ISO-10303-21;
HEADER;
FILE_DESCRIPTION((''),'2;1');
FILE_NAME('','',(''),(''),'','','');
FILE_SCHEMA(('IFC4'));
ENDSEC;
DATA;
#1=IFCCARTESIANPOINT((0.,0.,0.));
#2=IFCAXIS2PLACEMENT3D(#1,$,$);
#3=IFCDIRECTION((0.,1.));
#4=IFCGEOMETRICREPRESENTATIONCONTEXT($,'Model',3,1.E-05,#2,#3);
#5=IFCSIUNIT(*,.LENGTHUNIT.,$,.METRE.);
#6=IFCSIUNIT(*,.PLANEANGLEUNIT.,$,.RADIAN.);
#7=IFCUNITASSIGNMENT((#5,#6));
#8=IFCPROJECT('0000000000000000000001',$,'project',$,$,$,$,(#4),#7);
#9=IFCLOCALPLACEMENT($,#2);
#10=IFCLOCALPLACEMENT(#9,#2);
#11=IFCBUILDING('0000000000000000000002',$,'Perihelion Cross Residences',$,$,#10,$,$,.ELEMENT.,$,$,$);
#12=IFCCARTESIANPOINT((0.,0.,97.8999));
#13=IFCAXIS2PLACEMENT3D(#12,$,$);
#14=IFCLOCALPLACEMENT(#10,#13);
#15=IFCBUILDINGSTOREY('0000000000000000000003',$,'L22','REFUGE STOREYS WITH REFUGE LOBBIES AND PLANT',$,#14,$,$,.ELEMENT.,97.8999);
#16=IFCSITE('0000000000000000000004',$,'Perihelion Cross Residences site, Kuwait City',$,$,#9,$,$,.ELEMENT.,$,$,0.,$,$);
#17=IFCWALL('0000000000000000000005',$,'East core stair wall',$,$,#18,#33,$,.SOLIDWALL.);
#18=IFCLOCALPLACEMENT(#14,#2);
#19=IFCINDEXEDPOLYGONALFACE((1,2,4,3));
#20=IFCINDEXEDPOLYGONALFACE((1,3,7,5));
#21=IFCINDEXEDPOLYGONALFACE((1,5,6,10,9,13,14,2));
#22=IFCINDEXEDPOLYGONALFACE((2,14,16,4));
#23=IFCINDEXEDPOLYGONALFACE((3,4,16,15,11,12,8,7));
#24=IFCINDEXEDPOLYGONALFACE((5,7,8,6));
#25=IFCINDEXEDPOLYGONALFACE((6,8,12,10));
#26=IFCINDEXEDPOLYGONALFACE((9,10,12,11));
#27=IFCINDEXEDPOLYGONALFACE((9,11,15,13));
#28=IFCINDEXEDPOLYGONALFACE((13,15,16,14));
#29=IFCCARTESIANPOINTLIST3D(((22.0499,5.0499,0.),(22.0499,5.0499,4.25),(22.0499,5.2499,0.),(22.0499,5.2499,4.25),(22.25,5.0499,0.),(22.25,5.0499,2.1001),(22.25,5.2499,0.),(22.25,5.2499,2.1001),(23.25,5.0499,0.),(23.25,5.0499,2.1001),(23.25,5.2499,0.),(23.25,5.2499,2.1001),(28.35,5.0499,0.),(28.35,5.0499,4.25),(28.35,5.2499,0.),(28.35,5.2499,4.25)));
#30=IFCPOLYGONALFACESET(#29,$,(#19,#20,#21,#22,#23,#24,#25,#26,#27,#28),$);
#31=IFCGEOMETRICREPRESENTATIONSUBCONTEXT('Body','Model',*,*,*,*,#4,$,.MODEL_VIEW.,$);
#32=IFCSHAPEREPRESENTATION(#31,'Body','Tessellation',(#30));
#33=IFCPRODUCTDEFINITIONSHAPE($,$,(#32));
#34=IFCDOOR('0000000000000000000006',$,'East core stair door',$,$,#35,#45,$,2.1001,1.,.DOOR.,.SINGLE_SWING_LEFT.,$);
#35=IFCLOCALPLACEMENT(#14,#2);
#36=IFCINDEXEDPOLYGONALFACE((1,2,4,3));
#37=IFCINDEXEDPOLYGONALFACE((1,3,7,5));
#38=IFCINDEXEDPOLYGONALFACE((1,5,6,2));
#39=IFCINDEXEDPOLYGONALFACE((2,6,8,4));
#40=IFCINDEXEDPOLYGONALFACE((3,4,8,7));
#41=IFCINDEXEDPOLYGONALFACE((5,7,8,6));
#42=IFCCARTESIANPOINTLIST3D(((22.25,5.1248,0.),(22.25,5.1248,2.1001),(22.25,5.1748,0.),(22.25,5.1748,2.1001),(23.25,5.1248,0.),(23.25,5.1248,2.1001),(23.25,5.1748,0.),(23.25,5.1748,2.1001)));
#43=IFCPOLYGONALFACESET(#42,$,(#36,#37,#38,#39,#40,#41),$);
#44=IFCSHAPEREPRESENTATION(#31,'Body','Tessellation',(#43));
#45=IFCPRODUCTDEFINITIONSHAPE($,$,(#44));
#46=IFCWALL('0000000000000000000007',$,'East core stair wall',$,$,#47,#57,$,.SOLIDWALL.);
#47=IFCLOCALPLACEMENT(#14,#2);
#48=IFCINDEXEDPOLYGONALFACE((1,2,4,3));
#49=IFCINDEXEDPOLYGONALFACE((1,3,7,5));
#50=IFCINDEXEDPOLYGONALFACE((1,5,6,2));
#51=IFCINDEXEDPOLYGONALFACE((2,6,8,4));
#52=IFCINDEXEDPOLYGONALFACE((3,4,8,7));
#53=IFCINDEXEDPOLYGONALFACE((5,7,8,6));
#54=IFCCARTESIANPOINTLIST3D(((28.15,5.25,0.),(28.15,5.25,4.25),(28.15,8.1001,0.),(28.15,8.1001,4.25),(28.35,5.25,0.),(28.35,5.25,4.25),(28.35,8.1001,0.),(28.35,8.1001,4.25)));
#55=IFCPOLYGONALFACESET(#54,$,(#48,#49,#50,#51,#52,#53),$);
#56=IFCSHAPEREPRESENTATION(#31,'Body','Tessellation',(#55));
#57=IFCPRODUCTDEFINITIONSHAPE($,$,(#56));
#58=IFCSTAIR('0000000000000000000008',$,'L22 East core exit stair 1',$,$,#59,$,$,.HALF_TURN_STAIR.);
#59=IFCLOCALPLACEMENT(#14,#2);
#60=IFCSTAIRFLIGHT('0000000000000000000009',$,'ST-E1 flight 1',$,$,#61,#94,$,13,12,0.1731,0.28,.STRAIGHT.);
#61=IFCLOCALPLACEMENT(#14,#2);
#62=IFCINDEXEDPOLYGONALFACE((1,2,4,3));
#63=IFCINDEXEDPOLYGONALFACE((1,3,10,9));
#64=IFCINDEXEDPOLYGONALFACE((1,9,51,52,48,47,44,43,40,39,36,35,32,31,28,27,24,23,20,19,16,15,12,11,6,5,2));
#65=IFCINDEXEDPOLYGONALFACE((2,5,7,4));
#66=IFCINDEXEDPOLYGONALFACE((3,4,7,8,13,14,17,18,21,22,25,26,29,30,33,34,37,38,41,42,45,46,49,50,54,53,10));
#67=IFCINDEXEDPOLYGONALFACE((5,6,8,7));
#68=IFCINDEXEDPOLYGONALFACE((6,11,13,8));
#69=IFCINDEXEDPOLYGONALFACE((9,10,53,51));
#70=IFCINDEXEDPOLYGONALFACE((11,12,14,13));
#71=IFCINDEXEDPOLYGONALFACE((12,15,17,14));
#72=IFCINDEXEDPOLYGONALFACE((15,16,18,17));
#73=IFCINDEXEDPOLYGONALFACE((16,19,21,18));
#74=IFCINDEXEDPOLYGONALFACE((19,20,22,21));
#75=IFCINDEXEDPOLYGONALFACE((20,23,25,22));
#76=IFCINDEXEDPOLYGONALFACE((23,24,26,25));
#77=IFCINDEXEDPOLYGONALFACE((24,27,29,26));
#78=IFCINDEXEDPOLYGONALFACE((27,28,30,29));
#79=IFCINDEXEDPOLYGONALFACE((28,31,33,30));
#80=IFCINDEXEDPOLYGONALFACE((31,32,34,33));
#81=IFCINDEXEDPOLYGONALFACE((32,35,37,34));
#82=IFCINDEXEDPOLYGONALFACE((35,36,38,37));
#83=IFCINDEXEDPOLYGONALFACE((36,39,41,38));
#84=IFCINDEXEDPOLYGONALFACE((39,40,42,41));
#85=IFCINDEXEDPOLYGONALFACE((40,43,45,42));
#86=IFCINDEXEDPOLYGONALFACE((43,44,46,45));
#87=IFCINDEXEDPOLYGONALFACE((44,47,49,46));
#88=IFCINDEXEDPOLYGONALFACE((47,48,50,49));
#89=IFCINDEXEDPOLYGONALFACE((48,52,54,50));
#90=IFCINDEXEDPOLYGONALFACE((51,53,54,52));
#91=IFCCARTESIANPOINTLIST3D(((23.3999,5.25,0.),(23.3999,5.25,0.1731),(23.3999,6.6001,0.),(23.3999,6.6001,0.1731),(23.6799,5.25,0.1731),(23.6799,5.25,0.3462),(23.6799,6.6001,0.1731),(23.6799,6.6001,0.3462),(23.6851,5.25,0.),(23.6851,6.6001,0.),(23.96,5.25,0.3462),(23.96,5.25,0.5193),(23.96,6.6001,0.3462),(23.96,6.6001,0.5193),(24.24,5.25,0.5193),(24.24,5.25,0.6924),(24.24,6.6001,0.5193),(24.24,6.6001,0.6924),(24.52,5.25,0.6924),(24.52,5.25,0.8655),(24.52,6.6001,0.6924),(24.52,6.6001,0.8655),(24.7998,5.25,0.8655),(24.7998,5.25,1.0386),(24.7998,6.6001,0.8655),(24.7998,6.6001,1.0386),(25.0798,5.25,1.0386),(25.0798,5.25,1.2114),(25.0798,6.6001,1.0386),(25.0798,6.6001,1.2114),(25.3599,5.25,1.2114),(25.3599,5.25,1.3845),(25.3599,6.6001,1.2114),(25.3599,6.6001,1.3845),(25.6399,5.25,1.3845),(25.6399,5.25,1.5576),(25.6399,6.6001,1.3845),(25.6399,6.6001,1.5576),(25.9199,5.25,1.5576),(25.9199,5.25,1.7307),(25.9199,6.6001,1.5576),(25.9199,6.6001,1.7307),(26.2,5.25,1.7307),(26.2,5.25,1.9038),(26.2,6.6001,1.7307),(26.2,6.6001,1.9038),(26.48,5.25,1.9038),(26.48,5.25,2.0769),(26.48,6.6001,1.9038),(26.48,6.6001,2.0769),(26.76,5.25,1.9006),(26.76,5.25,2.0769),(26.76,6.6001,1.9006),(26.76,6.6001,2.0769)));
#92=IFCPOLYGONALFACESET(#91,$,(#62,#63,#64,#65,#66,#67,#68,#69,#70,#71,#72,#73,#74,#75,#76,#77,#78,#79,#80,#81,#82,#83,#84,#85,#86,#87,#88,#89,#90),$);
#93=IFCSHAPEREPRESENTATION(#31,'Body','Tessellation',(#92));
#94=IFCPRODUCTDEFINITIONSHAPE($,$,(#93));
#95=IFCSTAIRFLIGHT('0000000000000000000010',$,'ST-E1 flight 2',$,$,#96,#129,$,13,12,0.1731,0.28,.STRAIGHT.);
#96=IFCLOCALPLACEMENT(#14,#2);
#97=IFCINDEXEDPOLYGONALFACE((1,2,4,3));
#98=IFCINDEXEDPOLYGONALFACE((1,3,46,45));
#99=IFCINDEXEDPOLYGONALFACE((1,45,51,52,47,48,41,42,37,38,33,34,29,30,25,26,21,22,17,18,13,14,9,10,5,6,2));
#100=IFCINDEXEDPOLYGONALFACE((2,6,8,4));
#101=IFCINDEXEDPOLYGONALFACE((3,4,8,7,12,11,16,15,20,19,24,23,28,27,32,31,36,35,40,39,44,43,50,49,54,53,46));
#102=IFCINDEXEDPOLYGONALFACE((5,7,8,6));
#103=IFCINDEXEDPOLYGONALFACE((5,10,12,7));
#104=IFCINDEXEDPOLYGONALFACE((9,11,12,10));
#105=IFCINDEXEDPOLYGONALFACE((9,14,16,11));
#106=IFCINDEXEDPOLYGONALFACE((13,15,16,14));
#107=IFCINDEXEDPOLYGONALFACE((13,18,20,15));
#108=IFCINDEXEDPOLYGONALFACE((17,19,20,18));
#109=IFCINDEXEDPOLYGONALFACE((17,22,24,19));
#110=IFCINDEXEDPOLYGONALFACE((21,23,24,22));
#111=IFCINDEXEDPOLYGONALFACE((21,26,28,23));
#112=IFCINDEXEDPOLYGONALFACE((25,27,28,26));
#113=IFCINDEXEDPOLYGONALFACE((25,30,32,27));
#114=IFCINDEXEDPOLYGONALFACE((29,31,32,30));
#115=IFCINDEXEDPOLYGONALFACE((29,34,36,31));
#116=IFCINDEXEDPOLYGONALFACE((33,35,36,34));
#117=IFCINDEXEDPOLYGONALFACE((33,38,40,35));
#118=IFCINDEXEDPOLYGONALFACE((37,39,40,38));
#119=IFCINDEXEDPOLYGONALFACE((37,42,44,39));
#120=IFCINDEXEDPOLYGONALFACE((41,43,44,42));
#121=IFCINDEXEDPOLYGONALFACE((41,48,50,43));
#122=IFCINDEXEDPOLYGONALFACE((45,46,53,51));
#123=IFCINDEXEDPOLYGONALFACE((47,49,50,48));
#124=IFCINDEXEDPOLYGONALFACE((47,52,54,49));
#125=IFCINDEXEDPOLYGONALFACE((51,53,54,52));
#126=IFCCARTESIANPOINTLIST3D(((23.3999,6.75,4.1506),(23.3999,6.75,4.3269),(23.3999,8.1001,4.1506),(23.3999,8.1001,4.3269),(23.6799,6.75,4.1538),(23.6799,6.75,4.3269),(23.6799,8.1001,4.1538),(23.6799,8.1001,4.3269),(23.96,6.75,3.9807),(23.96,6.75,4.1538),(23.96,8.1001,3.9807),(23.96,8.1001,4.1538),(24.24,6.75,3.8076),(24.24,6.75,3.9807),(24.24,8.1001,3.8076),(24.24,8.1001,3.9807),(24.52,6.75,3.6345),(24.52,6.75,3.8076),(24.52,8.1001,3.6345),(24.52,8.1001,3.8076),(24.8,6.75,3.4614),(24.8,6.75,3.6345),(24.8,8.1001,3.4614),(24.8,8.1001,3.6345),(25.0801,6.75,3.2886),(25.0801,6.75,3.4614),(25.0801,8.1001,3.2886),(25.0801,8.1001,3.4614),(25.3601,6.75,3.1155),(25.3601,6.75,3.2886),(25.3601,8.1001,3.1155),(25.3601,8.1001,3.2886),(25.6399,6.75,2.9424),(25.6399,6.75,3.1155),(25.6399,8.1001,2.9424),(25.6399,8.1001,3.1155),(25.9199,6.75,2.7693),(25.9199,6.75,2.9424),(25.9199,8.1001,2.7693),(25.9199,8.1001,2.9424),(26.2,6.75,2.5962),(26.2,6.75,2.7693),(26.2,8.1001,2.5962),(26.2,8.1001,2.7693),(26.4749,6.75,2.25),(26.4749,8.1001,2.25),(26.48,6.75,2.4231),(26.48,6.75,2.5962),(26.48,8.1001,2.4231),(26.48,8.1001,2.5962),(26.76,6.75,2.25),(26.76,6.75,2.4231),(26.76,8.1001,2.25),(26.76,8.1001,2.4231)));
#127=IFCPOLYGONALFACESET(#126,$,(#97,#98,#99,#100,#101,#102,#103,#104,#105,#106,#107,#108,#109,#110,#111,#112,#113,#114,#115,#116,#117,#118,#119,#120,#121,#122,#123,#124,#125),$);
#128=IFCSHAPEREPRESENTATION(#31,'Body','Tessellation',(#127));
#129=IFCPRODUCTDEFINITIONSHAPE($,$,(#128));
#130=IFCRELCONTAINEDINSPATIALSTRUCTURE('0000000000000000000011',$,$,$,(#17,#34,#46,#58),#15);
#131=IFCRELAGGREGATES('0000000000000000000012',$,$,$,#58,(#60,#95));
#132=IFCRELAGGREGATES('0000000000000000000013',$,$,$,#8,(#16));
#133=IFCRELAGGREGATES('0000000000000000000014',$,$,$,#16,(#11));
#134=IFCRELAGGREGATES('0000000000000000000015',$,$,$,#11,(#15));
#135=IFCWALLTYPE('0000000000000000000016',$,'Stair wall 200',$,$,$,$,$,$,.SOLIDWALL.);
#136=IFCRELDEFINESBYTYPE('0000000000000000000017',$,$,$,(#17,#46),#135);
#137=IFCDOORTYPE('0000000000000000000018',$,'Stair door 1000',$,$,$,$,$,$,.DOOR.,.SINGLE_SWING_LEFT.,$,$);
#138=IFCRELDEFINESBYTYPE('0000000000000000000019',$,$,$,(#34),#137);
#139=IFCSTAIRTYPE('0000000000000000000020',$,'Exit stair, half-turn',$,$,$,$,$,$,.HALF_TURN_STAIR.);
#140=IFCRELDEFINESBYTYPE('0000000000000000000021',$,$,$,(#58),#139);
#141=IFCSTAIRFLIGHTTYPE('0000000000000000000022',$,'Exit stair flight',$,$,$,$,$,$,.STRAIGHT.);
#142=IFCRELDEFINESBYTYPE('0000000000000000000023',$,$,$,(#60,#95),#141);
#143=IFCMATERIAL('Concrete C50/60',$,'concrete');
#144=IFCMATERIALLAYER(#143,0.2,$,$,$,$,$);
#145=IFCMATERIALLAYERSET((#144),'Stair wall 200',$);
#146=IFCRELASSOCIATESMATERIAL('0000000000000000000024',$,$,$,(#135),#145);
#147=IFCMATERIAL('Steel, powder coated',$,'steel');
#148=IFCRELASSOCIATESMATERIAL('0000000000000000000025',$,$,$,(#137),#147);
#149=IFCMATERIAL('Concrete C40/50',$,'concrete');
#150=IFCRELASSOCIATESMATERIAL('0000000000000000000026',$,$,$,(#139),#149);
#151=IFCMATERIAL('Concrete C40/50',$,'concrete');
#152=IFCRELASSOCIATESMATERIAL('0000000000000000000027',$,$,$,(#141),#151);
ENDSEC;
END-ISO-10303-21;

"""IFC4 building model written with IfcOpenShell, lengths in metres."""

from ifc_helpers import new_model, si_unit, direction, frame, frame_2d, origin, place, context, subcontext, project, spatial, polyline, rectangle, outline, extrude, material, layer, layer_set, type_object, element, fill, aggregate, save


model = new_model("IFC4")

# Units and contexts
model_context = context("Model", 3, precision=1e-05, world=origin(), true_north=direction((0.0, 1.0)))
body_context = subcontext(model_context, "Body", "Model", "MODEL_VIEW")
ifc_project = project(units=[si_unit("LENGTHUNIT", "METRE"), si_unit("PLANEANGLEUNIT", "RADIAN")], contexts=[model_context])

# Site, building, storey
site_placement = place(None, origin())
site = spatial("IfcSite", under=ifc_project, at=site_placement, Name="Perihelion Cross Residences site, Kuwait City", CompositionType="ELEMENT", RefElevation=0.0)
building_placement = place(site_placement, origin())
building = spatial("IfcBuilding", under=site, at=building_placement, Name="Perihelion Cross Residences", CompositionType="ELEMENT")
storey_placement = place(building_placement, frame((0.0, 0.0, 97.8999)))
storey = spatial("IfcBuildingStorey", under=building, at=storey_placement, Name="L22", Description="REFUGE STOREYS WITH REFUGE LOBBIES AND PLANT", CompositionType="ELEMENT", Elevation=97.8999)

# Wall, opening, door
ifc_material_1 = material(Name="Concrete C50/60", Category="concrete")
ifc_layer_1 = layer(ifc_material_1, 0.2)
ifc_layer_set_1 = layer_set([ifc_layer_1], Name="Stair wall 200")
wall_type_1 = type_object("IfcWallType", Name="Stair wall 200", PredefinedType="SOLIDWALL", material=ifc_layer_set_1)
wall_1_placement = place(storey_placement, frame((22.05, 5.1499, 0.0), z_axis=(0.0, 0.0, 1.0), x_axis=(1.0, 0.0, 0.0)))
wall_1 = element("IfcWall", 1, at=wall_1_placement, inside=storey, type_object=wall_type_1, Name="East core stair wall", PredefinedType="SOLIDWALL", context=body_context, shape_type="SweptSolid", body=[
    extrude(rectangle(XDim=6.3, YDim=0.2, at=frame_2d((3.1499, 0.0))), origin(), (0.0, 0.0, 1.0), 4.25),
])
opening_1_placement = place(wall_1_placement, frame((0.2, 0.0, 0.0)))
opening_1 = element("IfcOpeningElement", 2, at=opening_1_placement, cuts=wall_1, PredefinedType="OPENING", context=body_context, shape_type="SweptSolid", body=[
    extrude(rectangle(XDim=1.0, YDim=2.1001, at=frame_2d((0.5, 1.05))), frame((0.0, 0.1099, 0.0), z_axis=(0.0, -1.0, 0.0), x_axis=(1.0, 0.0, 0.0)), (0.0, 0.0, 1.0), 0.22),
])
ifc_material_2 = material(Name="Steel, powder coated", Category="steel")
door_type_1 = type_object("IfcDoorType", Name="Stair door 1000", OperationType="SINGLE_SWING_LEFT", PredefinedType="DOOR", material=ifc_material_2)
door_1_placement = place(opening_1_placement, origin())
door_1 = element("IfcDoor", 3, at=door_1_placement, inside=storey, type_object=door_type_1, Name="East core stair door", OperationType="SINGLE_SWING_LEFT", OverallHeight=2.1001, OverallWidth=1.0, PredefinedType="DOOR", context=body_context, shape_type="SweptSolid", body=[
    extrude(rectangle(XDim=1.0, YDim=2.1001, at=frame_2d((0.5, 1.05))), frame((0.0, 0.0249, 0.0), z_axis=(0.0, -1.0, 0.0), x_axis=(1.0, 0.0, 0.0)), (0.0, 0.0, 1.0), 0.05),
])
fill(opening_1, door_1)

# Wall
wall_2_placement = place(storey_placement, frame((28.25, 5.25, 0.0), z_axis=(0.0, 0.0, 1.0), x_axis=(0.0, 1.0, 0.0)))
element("IfcWall", 4, at=wall_2_placement, inside=storey, type_object=wall_type_1, Name="East core stair wall", PredefinedType="SOLIDWALL", context=body_context, shape_type="SweptSolid", body=[
    extrude(rectangle(XDim=2.8501, YDim=0.2, at=frame_2d((1.425, 0.0))), origin(), (0.0, 0.0, 1.0), 4.25),
])

# Stair, stair flights
ifc_material_3 = material(Name="Concrete C40/50", Category="concrete")
stair_type = type_object("IfcStairType", Name="Exit stair, half-turn", PredefinedType="HALF_TURN_STAIR", material=ifc_material_3)
stair_placement = place(storey_placement, origin())
stair = element("IfcStair", 5, at=stair_placement, inside=storey, type_object=stair_type, Name="L22 East core exit stair 1", PredefinedType="HALF_TURN_STAIR")
ifc_material_4 = material(Name="Concrete C40/50", Category="concrete")
stair_flight_type = type_object("IfcStairFlightType", Name="Exit stair flight", PredefinedType="STRAIGHT", material=ifc_material_4)
stair_flight_1_placement = place(storey_placement, frame((23.3999, 5.925, 0.0), z_axis=(0.0, 0.0, 1.0), x_axis=(1.0, 0.0, 0.0)))
stair_flight_1 = element("IfcStairFlight", 6, at=stair_flight_1_placement, type_object=stair_flight_type, Name="ST-E1 flight 1", NumberOfRisers=13, NumberOfTreads=12, PredefinedType="STRAIGHT", RiserHeight=0.1731, TreadLength=0.28, context=body_context, shape_type="SweptSolid", body=[
    extrude(outline(polyline([(0.0, 0.0), (0.0, 0.1731), (0.28, 0.1731), (0.28, 0.3462), (0.5601, 0.3462), (0.5601, 0.5193), (0.8401, 0.5193), (0.8401, 0.6924), (1.1201, 0.6924), (1.1201, 0.8655), (1.3999, 0.8655), (1.3999, 1.0386), (1.6799, 1.0386), (1.6799, 1.2114), (1.96, 1.2114), (1.96, 1.3845), (2.24, 1.3845), (2.24, 1.5576), (2.52, 1.5576), (2.52, 1.7307), (2.8, 1.7307), (2.8, 1.9038), (3.0801, 1.9038), (3.0801, 2.0769), (3.3601, 2.0769), (3.3601, 2.25), (3.3601, 1.9006), (0.2852, 0.0), (0.0, 0.0)])), frame((0.0, 0.675, 0.0), z_axis=(0.0, -1.0, 0.0), x_axis=(1.0, 0.0, 0.0)), (0.0, 0.0, 1.0), 1.3501),
])
stair_flight_2_placement = place(storey_placement, frame((26.76, 7.425, 2.25), z_axis=(0.0, 0.0, 1.0), x_axis=(-1.0, 0.0, 0.0)))
stair_flight_2 = element("IfcStairFlight", 7, at=stair_flight_2_placement, type_object=stair_flight_type, Name="ST-E1 flight 2", NumberOfRisers=13, NumberOfTreads=12, PredefinedType="STRAIGHT", RiserHeight=0.1731, TreadLength=0.28, context=body_context, shape_type="SweptSolid", body=[
    extrude(outline(polyline([(0.0, 0.0), (0.0, 0.1731), (0.28, 0.1731), (0.28, 0.3462), (0.5601, 0.3462), (0.5601, 0.5193), (0.8401, 0.5193), (0.8401, 0.6924), (1.1201, 0.6924), (1.1201, 0.8655), (1.3999, 0.8655), (1.3999, 1.0386), (1.6799, 1.0386), (1.6799, 1.2114), (1.96, 1.2114), (1.96, 1.3845), (2.24, 1.3845), (2.24, 1.5576), (2.52, 1.5576), (2.52, 1.7307), (2.8, 1.7307), (2.8, 1.9038), (3.0801, 1.9038), (3.0801, 2.0769), (3.3601, 2.0769), (3.3601, 2.25), (3.3601, 1.9006), (0.2852, 0.0), (0.0, 0.0)])), frame((0.0, 0.675, 0.0), z_axis=(0.0, -1.0, 0.0), x_axis=(1.0, 0.0, 0.0)), (0.0, 0.0, 1.0), 1.3501),
])
aggregate(stair, [stair_flight_1, stair_flight_2])

save(model, "model.ifc")
